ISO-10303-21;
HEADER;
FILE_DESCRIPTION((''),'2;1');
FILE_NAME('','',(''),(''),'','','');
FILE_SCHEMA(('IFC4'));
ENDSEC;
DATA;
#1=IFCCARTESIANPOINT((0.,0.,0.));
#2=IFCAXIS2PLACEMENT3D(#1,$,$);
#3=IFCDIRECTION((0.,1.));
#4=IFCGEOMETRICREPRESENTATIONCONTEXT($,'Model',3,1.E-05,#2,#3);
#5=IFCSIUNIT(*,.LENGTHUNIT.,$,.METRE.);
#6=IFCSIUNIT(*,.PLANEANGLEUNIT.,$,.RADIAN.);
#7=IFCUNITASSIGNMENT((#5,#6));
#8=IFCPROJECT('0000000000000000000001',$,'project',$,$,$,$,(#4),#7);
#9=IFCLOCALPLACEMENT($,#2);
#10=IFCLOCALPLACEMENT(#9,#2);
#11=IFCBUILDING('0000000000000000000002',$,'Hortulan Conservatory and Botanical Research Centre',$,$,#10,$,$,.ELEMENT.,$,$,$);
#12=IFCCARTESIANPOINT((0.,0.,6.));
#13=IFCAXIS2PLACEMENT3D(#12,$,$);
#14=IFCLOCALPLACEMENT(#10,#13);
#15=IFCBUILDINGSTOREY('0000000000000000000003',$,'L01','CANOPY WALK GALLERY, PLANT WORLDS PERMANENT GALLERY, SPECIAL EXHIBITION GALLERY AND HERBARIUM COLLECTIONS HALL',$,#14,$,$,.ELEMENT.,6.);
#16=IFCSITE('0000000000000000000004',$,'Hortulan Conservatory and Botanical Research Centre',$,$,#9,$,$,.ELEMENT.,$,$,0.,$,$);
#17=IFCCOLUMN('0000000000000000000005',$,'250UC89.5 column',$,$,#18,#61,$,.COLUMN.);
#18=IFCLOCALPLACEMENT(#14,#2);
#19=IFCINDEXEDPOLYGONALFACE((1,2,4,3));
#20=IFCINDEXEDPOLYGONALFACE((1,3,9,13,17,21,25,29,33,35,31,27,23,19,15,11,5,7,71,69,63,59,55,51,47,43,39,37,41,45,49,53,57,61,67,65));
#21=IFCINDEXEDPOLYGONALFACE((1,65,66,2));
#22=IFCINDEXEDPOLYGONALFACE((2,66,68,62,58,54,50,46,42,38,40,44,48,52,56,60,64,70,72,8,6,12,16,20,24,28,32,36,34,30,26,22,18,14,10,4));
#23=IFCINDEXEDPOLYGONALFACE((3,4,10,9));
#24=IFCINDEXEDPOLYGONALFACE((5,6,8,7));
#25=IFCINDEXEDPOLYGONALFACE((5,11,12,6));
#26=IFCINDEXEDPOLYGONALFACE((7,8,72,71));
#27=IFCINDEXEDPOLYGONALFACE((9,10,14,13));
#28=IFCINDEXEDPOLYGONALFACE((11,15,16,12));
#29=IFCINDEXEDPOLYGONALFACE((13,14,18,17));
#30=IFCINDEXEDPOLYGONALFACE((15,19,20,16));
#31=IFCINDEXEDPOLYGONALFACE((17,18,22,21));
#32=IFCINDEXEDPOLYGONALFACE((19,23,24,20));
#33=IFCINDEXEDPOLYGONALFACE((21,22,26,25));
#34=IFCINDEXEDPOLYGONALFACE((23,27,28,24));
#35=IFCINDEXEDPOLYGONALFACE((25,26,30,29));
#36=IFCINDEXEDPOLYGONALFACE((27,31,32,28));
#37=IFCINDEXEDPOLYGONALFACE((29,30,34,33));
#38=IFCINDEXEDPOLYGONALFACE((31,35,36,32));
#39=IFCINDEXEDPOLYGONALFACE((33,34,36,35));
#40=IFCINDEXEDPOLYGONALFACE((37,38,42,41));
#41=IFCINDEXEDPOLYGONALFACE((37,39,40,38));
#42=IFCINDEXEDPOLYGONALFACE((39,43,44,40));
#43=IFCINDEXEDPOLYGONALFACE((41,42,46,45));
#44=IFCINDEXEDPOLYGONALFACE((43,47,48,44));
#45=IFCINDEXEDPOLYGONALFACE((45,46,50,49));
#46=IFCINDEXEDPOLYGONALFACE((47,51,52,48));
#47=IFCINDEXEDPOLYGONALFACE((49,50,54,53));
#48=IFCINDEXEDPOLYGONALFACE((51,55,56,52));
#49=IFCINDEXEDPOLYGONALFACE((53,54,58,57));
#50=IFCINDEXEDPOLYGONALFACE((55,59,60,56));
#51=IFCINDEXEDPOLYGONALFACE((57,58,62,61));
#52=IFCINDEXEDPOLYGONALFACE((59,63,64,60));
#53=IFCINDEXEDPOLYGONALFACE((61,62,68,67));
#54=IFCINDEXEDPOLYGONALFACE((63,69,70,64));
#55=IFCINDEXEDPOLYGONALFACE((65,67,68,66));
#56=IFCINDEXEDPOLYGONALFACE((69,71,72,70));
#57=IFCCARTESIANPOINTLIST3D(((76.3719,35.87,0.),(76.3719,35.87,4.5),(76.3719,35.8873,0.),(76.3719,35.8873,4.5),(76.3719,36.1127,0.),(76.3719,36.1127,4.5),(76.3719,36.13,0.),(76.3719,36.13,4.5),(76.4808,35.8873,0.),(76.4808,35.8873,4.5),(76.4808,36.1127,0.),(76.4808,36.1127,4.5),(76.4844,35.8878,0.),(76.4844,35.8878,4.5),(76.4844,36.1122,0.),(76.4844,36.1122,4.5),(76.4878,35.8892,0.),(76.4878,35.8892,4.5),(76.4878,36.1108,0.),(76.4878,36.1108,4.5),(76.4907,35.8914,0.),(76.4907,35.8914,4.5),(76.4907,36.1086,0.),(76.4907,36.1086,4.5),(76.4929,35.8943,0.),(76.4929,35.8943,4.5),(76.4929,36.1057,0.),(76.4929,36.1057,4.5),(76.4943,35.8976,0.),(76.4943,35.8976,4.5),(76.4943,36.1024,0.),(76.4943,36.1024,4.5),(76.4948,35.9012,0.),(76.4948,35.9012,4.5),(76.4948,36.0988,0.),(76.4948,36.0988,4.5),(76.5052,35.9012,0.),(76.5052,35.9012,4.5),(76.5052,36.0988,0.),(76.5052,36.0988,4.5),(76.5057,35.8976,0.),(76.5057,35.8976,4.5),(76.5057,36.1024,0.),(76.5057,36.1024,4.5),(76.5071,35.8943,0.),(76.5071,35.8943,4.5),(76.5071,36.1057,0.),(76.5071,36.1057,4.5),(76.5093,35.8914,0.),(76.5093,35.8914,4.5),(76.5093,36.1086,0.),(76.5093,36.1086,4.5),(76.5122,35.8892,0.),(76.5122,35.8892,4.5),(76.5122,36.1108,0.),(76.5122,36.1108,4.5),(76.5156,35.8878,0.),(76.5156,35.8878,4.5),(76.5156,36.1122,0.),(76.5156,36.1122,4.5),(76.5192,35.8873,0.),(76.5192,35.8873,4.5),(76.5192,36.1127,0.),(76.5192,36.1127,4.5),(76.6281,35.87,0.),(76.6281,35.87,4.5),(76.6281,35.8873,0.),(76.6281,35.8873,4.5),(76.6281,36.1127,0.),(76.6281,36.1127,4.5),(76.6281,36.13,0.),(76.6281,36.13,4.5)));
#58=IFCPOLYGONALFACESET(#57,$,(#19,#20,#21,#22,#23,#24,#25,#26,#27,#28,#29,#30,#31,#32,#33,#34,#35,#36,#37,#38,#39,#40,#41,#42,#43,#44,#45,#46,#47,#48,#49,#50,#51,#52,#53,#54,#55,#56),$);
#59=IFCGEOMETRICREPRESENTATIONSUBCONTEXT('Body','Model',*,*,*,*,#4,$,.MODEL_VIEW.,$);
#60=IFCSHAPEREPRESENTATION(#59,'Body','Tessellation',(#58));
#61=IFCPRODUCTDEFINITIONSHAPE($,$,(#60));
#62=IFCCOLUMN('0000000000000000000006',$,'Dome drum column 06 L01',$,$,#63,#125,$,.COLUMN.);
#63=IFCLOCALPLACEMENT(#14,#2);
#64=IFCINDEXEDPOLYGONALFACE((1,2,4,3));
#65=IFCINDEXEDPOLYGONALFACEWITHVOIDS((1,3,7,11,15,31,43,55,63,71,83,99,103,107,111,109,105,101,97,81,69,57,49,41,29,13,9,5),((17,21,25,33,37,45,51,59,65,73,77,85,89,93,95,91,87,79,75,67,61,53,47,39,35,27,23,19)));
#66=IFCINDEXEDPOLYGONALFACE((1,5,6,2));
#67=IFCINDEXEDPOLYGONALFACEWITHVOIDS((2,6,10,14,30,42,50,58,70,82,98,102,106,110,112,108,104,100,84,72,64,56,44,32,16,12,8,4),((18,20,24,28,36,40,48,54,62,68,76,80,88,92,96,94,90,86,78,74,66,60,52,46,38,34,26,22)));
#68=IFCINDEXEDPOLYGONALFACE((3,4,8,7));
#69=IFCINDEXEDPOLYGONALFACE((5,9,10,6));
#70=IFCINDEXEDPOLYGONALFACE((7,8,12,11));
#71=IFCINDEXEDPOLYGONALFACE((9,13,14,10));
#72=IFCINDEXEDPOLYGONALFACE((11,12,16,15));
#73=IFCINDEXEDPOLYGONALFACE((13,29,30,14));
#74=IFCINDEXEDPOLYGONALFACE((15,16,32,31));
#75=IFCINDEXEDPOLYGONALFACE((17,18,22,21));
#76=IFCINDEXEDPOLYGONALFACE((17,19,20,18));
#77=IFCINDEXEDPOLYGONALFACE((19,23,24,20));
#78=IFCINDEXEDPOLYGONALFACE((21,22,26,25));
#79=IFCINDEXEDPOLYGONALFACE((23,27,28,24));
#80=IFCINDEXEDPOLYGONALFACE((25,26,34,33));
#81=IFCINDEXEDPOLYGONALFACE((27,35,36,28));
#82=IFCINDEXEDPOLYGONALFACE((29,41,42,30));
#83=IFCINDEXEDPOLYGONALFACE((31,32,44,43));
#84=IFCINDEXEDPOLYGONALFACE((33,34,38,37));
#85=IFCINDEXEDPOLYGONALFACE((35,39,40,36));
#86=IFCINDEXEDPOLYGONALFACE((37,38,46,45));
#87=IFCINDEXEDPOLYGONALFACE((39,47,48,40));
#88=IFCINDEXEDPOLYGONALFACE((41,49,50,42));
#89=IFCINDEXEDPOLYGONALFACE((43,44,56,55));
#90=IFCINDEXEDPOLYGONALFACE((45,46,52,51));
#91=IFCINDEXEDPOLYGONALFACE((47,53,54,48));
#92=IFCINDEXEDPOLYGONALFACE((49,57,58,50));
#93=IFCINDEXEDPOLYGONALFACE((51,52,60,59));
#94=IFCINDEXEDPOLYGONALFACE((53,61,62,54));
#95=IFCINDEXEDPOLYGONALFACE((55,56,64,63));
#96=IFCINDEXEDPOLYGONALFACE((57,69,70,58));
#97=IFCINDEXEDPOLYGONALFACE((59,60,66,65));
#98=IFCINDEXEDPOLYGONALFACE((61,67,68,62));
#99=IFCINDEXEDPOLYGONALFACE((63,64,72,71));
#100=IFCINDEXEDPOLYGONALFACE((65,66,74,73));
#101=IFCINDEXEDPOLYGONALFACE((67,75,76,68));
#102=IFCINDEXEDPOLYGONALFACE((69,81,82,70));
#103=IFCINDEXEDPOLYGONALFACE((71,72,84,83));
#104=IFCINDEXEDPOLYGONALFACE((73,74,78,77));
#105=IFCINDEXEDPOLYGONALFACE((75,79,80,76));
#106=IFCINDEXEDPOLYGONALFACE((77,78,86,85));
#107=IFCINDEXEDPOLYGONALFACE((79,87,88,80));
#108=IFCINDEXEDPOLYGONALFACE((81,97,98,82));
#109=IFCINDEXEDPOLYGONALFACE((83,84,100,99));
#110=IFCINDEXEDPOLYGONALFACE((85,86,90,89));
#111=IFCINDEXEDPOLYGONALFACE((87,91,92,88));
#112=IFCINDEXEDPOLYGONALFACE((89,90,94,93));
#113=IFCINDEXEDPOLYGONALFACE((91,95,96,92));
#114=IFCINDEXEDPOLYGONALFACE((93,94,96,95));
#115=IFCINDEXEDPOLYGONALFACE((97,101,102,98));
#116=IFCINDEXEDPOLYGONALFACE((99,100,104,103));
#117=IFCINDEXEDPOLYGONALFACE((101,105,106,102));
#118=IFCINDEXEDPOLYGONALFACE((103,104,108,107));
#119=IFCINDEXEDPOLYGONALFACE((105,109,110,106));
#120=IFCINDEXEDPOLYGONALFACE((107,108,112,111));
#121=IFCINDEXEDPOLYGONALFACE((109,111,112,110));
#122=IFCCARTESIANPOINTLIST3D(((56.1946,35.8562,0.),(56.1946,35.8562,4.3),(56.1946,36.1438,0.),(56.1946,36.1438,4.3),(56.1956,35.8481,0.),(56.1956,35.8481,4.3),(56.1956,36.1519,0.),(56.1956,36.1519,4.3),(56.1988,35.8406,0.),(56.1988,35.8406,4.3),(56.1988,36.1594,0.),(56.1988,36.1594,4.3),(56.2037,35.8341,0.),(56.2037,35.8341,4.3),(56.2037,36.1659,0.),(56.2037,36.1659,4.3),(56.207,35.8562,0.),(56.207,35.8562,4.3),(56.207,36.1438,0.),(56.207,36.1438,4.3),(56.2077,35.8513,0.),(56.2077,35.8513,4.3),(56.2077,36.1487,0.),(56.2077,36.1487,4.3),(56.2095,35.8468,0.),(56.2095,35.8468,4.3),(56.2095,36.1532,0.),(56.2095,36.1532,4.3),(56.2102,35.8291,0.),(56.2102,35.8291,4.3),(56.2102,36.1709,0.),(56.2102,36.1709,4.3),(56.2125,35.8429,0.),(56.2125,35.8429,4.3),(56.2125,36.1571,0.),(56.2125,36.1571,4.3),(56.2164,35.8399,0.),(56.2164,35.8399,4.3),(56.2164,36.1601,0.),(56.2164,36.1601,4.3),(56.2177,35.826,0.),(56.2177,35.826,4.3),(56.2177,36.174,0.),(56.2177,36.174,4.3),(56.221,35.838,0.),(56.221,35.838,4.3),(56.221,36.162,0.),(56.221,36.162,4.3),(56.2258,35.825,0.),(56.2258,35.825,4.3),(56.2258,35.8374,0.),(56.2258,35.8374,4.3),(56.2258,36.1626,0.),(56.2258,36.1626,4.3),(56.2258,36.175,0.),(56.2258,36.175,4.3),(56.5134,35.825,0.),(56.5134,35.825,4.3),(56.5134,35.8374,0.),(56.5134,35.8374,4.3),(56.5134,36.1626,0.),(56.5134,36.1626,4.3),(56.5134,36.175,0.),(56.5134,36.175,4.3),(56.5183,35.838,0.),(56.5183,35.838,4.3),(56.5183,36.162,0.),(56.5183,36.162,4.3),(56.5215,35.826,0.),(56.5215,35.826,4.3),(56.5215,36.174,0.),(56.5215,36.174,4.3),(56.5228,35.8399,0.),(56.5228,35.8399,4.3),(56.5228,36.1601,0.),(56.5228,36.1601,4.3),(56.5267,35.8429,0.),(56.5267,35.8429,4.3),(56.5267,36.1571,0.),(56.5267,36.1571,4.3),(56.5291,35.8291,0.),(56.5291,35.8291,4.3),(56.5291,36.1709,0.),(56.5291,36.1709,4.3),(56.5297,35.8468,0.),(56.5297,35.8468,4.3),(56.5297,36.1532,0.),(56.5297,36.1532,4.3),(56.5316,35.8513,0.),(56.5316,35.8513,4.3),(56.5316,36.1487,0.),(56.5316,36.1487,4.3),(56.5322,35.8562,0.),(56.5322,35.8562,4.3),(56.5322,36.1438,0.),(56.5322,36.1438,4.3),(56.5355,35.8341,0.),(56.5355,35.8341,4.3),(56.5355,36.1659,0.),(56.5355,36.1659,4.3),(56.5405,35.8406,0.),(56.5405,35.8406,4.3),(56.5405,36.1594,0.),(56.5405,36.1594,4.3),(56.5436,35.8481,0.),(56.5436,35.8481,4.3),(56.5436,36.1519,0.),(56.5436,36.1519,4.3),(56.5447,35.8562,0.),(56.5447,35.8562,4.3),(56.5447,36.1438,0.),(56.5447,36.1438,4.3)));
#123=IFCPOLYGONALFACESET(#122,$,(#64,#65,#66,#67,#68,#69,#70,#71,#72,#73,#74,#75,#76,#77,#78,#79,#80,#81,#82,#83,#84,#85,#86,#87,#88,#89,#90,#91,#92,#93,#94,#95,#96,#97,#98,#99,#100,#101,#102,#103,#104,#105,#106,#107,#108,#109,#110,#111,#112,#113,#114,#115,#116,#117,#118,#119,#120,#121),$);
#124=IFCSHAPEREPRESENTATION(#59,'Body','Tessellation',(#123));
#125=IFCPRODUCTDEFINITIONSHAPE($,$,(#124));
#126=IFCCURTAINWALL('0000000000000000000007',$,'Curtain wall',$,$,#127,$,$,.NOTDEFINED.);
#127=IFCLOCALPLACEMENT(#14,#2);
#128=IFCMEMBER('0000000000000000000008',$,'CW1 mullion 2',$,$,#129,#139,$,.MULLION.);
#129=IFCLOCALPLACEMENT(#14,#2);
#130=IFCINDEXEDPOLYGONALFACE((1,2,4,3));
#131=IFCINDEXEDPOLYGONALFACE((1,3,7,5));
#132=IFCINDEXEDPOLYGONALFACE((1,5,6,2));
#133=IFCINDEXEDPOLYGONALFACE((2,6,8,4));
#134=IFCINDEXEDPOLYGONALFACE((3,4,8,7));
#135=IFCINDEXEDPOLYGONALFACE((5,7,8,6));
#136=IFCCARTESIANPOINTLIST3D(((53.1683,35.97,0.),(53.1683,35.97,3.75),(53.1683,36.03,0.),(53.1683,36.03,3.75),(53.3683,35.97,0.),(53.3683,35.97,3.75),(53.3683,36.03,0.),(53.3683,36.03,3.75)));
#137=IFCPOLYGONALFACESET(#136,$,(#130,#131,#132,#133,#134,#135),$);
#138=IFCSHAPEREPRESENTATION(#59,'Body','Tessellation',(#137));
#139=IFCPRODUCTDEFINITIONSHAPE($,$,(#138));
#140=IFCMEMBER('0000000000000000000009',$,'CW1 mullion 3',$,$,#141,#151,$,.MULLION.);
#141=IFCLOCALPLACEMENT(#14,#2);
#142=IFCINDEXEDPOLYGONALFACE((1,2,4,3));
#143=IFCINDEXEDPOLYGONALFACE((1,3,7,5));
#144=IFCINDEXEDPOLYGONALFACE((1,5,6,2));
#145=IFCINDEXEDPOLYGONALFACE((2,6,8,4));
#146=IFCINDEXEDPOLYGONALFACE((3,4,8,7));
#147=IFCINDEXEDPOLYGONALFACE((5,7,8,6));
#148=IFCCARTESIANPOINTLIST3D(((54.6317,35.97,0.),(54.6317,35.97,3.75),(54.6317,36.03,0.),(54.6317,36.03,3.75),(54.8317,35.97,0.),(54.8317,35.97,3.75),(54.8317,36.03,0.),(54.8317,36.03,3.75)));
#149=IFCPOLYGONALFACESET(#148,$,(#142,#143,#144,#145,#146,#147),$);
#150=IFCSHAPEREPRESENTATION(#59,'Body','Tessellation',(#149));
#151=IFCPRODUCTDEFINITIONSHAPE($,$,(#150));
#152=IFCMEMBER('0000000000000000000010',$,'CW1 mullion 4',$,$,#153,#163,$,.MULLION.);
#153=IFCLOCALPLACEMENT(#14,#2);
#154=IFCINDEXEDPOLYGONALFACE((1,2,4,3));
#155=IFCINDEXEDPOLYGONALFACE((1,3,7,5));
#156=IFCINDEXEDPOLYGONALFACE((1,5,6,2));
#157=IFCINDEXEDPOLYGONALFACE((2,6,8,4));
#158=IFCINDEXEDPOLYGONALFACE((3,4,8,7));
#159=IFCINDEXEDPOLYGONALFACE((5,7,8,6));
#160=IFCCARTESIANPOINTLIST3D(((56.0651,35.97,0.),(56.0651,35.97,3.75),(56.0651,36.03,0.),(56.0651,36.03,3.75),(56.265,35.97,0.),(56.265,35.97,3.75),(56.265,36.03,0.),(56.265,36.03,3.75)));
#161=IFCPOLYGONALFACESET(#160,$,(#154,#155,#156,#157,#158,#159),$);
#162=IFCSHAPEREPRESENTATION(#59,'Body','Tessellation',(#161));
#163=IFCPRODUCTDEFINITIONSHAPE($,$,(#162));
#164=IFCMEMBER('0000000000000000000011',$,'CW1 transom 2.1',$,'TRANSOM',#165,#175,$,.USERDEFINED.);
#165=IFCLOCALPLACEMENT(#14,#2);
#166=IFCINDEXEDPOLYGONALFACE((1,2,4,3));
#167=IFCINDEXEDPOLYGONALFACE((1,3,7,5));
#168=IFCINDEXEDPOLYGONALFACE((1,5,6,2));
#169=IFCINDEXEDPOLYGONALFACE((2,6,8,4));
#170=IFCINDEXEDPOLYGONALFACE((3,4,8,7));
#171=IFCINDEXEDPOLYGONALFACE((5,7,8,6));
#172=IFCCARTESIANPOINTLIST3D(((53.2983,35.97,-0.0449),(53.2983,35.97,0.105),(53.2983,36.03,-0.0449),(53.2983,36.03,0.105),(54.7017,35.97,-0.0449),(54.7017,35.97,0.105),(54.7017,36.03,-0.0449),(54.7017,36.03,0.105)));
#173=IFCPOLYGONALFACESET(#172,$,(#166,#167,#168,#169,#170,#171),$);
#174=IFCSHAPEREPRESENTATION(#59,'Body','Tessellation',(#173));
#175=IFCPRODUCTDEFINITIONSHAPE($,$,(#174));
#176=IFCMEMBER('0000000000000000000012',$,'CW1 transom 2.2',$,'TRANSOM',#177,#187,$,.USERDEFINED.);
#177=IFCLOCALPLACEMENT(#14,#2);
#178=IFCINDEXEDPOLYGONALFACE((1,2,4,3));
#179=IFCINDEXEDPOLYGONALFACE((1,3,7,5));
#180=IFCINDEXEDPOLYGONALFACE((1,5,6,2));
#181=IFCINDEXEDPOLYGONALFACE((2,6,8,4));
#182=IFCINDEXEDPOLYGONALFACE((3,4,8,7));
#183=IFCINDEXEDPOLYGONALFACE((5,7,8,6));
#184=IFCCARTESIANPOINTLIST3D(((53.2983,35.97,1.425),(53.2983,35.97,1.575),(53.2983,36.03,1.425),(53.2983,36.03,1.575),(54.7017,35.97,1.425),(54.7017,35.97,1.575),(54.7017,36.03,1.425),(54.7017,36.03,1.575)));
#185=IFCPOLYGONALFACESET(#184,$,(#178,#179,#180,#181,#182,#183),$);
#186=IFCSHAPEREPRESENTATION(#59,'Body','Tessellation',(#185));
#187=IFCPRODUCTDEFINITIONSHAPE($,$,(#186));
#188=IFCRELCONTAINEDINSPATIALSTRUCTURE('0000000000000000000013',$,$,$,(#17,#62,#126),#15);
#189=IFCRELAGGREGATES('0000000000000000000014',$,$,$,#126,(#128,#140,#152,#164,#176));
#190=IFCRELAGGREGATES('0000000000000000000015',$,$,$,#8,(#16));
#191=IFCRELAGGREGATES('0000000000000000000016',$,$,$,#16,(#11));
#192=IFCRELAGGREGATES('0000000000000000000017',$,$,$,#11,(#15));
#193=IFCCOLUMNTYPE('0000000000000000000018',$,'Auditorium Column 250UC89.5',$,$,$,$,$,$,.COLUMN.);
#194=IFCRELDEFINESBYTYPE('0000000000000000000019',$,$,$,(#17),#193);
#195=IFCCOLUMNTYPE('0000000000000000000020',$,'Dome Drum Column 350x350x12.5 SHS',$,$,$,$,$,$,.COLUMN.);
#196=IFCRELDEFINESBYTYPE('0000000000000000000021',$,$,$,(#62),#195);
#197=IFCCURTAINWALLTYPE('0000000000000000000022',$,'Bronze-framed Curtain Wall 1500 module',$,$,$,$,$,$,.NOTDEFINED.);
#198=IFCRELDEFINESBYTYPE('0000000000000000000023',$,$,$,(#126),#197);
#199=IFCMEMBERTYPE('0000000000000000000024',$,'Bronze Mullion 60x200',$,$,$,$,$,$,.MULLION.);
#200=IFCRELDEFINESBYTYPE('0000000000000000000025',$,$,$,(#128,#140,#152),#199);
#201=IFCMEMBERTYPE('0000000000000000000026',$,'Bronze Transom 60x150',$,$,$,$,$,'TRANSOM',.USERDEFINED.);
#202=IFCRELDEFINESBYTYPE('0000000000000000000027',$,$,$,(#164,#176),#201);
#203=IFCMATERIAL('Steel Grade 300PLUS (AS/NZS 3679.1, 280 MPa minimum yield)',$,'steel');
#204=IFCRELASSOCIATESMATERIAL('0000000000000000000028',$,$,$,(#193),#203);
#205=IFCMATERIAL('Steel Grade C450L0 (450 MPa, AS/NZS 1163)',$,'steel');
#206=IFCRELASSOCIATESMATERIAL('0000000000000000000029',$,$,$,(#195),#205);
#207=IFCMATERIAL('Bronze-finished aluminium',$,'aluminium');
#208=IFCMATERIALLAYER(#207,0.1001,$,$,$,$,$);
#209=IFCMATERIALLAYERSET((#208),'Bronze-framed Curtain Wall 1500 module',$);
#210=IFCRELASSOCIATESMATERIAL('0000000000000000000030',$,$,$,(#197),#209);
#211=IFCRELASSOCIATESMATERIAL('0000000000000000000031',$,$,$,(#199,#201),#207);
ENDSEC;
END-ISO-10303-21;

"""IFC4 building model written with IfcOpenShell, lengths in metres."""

from ifc_helpers import new_model, si_unit, direction, frame, origin, origin_2d, place, context, subcontext, project, spatial, rectangle, hollow_rectangle, i_section, extrude, material, layer, layer_set, material_profile, profile_set, type_object, element, aggregate, save


model = new_model("IFC4")

# Units and contexts
model_context = context("Model", 3, precision=1e-05, world=origin(), true_north=direction((0.0, 1.0)))
body_context = subcontext(model_context, "Body", "Model", "MODEL_VIEW")
ifc_project = project(units=[si_unit("LENGTHUNIT", "METRE"), si_unit("PLANEANGLEUNIT", "RADIAN")], contexts=[model_context])

# Site, building, storey
site_placement = place(None, origin())
site = spatial("IfcSite", under=ifc_project, at=site_placement, Name="Hortulan Conservatory and Botanical Research Centre", CompositionType="ELEMENT", RefElevation=0.0)
building_placement = place(site_placement, origin())
building = spatial("IfcBuilding", under=site, at=building_placement, Name="Hortulan Conservatory and Botanical Research Centre", CompositionType="ELEMENT")
storey_placement = place(building_placement, frame((0.0, 0.0, 6.0)))
storey = spatial("IfcBuildingStorey", under=building, at=storey_placement, Name="L01", Description="CANOPY WALK GALLERY, PLANT WORLDS PERMANENT GALLERY, SPECIAL EXHIBITION GALLERY AND HERBARIUM COLLECTIONS HALL", CompositionType="ELEMENT", Elevation=6.0)

# Columns
ifc_material_1 = material(Name="Steel Grade 300PLUS (AS/NZS 3679.1, 280 MPa minimum yield)", Category="steel")
ifc_material_profile_1 = material_profile(ifc_material_1, i_section(OverallWidth=0.2561, OverallDepth=0.26, WebThickness=0.0105, FlangeThickness=0.0173, FilletRadius=0.0139, at=origin_2d()), Name="250UC89.5")
ifc_profile_set_1 = profile_set([ifc_material_profile_1], Name="Steel Grade 300PLUS (AS/NZS 3679.1, 280 MPa minimum yield)")
column_type_1 = type_object("IfcColumnType", Name="Auditorium Column 250UC89.5", PredefinedType="COLUMN", material=ifc_profile_set_1)
column_1_placement = place(storey_placement, frame((76.5, 36.0, 0.0), z_axis=(0.0, 0.0, 1.0), x_axis=(1.0, 0.0, 0.0)))
element("IfcColumn", 1, at=column_1_placement, inside=storey, type_object=column_type_1, Name="250UC89.5 column", PredefinedType="COLUMN", context=body_context, shape_type="SweptSolid", body=[
    extrude(i_section(OverallWidth=0.2561, OverallDepth=0.26, WebThickness=0.0105, FlangeThickness=0.0173, FilletRadius=0.0139, at=origin_2d()), origin(), (0.0, 0.0, 1.0), 4.5),
])
ifc_material_2 = material(Name="Steel Grade C450L0 (450 MPa, AS/NZS 1163)", Category="steel")
ifc_material_profile_2 = material_profile(ifc_material_2, hollow_rectangle(XDim=0.3501, YDim=0.3501, WallThickness=0.0125, InnerFilletRadius=0.0188, OuterFilletRadius=0.0312, at=origin_2d()), Name="350x350x12.5SHS")
ifc_profile_set_2 = profile_set([ifc_material_profile_2], Name="Steel Grade C450L0 (450 MPa, AS/NZS 1163)")
column_type_2 = type_object("IfcColumnType", Name="Dome Drum Column 350x350x12.5 SHS", PredefinedType="COLUMN", material=ifc_profile_set_2)
column_2_placement = place(storey_placement, frame((56.3696, 36.0, 0.0), z_axis=(0.0, 0.0, 1.0), x_axis=(1.0, 0.0, 0.0)))
element("IfcColumn", 2, at=column_2_placement, inside=storey, type_object=column_type_2, Name="Dome drum column 06 L01", PredefinedType="COLUMN", context=body_context, shape_type="SweptSolid", body=[
    extrude(hollow_rectangle(XDim=0.3501, YDim=0.3501, WallThickness=0.0125, InnerFilletRadius=0.0188, OuterFilletRadius=0.0312, at=origin_2d()), origin(), (0.0, 0.0, 1.0), 4.3),
])

# Curtain wall, members
ifc_material_3 = material(Name="Bronze-finished aluminium", Category="aluminium")
ifc_layer_1 = layer(ifc_material_3, 0.1001)
ifc_layer_set_1 = layer_set([ifc_layer_1], Name="Bronze-framed Curtain Wall 1500 module")
curtain_wall_type = type_object("IfcCurtainWallType", Name="Bronze-framed Curtain Wall 1500 module", PredefinedType="NOTDEFINED", material=ifc_layer_set_1)
curtain_wall_placement = place(storey_placement, origin())
curtain_wall = element("IfcCurtainWall", 3, at=curtain_wall_placement, inside=storey, type_object=curtain_wall_type, Name="Curtain wall", PredefinedType="NOTDEFINED")
ifc_material_profile_3 = material_profile(ifc_material_3, rectangle(XDim=0.0601, YDim=0.2, at=origin_2d()), Name="Bronze Mullion 60x200")
ifc_profile_set_3 = profile_set([ifc_material_profile_3], Name="Bronze-finished aluminium")
member_type_1 = type_object("IfcMemberType", Name="Bronze Mullion 60x200", PredefinedType="MULLION", material=ifc_profile_set_3)
member_1_placement = place(storey_placement, frame((53.2683, 36.0, 0.0), z_axis=(0.0, 0.0, 1.0), x_axis=(0.0, 1.0, 0.0)))
member_1 = element("IfcMember", 4, at=member_1_placement, type_object=member_type_1, Name="CW1 mullion 2", PredefinedType="MULLION", context=body_context, shape_type="SweptSolid", body=[
    extrude(rectangle(XDim=0.0601, YDim=0.2, at=origin_2d()), origin(), (0.0, 0.0, 1.0), 3.75),
])
member_2_placement = place(storey_placement, frame((54.7317, 36.0, 0.0), z_axis=(0.0, 0.0, 1.0), x_axis=(0.0, 1.0, 0.0)))
member_2 = element("IfcMember", 5, at=member_2_placement, type_object=member_type_1, Name="CW1 mullion 3", PredefinedType="MULLION", context=body_context, shape_type="SweptSolid", body=[
    extrude(rectangle(XDim=0.0601, YDim=0.2, at=origin_2d()), origin(), (0.0, 0.0, 1.0), 3.75),
])
member_3_placement = place(storey_placement, frame((56.165, 36.0, 0.0), z_axis=(0.0, 0.0, 1.0), x_axis=(0.0, 1.0, 0.0)))
member_3 = element("IfcMember", 6, at=member_3_placement, type_object=member_type_1, Name="CW1 mullion 4", PredefinedType="MULLION", context=body_context, shape_type="SweptSolid", body=[
    extrude(rectangle(XDim=0.0601, YDim=0.2, at=origin_2d()), origin(), (0.0, 0.0, 1.0), 3.75),
])
ifc_material_profile_4 = material_profile(ifc_material_3, rectangle(XDim=0.0601, YDim=0.1499, at=origin_2d()), Name="Bronze Transom 60x150")
ifc_profile_set_4 = profile_set([ifc_material_profile_4], Name="Bronze-finished aluminium")
member_type_2 = type_object("IfcMemberType", Name="Bronze Transom 60x150", ElementType="TRANSOM", PredefinedType="USERDEFINED", material=ifc_profile_set_4)
member_4_placement = place(storey_placement, frame((53.2983, 36.0, 0.03), z_axis=(1.0, 0.0, 0.0), x_axis=(0.0, 1.0, 0.0)))
member_4 = element("IfcMember", 7, at=member_4_placement, type_object=member_type_2, Name="CW1 transom 2.1", ObjectType="TRANSOM", PredefinedType="USERDEFINED", context=body_context, shape_type="SweptSolid", body=[
    extrude(rectangle(XDim=0.0601, YDim=0.1499, at=origin_2d()), origin(), (0.0, 0.0, 1.0), 1.4033),
])
member_5_placement = place(storey_placement, frame((53.2983, 36.0, 1.5), z_axis=(1.0, 0.0, 0.0), x_axis=(0.0, 1.0, 0.0)))
member_5 = element("IfcMember", 8, at=member_5_placement, type_object=member_type_2, Name="CW1 transom 2.2", ObjectType="TRANSOM", PredefinedType="USERDEFINED", context=body_context, shape_type="SweptSolid", body=[
    extrude(rectangle(XDim=0.0601, YDim=0.1499, at=origin_2d()), origin(), (0.0, 0.0, 1.0), 1.4033),
])

aggregate(curtain_wall, [member_1, member_2, member_3, member_4, member_5])

save(model, "model.ifc")
